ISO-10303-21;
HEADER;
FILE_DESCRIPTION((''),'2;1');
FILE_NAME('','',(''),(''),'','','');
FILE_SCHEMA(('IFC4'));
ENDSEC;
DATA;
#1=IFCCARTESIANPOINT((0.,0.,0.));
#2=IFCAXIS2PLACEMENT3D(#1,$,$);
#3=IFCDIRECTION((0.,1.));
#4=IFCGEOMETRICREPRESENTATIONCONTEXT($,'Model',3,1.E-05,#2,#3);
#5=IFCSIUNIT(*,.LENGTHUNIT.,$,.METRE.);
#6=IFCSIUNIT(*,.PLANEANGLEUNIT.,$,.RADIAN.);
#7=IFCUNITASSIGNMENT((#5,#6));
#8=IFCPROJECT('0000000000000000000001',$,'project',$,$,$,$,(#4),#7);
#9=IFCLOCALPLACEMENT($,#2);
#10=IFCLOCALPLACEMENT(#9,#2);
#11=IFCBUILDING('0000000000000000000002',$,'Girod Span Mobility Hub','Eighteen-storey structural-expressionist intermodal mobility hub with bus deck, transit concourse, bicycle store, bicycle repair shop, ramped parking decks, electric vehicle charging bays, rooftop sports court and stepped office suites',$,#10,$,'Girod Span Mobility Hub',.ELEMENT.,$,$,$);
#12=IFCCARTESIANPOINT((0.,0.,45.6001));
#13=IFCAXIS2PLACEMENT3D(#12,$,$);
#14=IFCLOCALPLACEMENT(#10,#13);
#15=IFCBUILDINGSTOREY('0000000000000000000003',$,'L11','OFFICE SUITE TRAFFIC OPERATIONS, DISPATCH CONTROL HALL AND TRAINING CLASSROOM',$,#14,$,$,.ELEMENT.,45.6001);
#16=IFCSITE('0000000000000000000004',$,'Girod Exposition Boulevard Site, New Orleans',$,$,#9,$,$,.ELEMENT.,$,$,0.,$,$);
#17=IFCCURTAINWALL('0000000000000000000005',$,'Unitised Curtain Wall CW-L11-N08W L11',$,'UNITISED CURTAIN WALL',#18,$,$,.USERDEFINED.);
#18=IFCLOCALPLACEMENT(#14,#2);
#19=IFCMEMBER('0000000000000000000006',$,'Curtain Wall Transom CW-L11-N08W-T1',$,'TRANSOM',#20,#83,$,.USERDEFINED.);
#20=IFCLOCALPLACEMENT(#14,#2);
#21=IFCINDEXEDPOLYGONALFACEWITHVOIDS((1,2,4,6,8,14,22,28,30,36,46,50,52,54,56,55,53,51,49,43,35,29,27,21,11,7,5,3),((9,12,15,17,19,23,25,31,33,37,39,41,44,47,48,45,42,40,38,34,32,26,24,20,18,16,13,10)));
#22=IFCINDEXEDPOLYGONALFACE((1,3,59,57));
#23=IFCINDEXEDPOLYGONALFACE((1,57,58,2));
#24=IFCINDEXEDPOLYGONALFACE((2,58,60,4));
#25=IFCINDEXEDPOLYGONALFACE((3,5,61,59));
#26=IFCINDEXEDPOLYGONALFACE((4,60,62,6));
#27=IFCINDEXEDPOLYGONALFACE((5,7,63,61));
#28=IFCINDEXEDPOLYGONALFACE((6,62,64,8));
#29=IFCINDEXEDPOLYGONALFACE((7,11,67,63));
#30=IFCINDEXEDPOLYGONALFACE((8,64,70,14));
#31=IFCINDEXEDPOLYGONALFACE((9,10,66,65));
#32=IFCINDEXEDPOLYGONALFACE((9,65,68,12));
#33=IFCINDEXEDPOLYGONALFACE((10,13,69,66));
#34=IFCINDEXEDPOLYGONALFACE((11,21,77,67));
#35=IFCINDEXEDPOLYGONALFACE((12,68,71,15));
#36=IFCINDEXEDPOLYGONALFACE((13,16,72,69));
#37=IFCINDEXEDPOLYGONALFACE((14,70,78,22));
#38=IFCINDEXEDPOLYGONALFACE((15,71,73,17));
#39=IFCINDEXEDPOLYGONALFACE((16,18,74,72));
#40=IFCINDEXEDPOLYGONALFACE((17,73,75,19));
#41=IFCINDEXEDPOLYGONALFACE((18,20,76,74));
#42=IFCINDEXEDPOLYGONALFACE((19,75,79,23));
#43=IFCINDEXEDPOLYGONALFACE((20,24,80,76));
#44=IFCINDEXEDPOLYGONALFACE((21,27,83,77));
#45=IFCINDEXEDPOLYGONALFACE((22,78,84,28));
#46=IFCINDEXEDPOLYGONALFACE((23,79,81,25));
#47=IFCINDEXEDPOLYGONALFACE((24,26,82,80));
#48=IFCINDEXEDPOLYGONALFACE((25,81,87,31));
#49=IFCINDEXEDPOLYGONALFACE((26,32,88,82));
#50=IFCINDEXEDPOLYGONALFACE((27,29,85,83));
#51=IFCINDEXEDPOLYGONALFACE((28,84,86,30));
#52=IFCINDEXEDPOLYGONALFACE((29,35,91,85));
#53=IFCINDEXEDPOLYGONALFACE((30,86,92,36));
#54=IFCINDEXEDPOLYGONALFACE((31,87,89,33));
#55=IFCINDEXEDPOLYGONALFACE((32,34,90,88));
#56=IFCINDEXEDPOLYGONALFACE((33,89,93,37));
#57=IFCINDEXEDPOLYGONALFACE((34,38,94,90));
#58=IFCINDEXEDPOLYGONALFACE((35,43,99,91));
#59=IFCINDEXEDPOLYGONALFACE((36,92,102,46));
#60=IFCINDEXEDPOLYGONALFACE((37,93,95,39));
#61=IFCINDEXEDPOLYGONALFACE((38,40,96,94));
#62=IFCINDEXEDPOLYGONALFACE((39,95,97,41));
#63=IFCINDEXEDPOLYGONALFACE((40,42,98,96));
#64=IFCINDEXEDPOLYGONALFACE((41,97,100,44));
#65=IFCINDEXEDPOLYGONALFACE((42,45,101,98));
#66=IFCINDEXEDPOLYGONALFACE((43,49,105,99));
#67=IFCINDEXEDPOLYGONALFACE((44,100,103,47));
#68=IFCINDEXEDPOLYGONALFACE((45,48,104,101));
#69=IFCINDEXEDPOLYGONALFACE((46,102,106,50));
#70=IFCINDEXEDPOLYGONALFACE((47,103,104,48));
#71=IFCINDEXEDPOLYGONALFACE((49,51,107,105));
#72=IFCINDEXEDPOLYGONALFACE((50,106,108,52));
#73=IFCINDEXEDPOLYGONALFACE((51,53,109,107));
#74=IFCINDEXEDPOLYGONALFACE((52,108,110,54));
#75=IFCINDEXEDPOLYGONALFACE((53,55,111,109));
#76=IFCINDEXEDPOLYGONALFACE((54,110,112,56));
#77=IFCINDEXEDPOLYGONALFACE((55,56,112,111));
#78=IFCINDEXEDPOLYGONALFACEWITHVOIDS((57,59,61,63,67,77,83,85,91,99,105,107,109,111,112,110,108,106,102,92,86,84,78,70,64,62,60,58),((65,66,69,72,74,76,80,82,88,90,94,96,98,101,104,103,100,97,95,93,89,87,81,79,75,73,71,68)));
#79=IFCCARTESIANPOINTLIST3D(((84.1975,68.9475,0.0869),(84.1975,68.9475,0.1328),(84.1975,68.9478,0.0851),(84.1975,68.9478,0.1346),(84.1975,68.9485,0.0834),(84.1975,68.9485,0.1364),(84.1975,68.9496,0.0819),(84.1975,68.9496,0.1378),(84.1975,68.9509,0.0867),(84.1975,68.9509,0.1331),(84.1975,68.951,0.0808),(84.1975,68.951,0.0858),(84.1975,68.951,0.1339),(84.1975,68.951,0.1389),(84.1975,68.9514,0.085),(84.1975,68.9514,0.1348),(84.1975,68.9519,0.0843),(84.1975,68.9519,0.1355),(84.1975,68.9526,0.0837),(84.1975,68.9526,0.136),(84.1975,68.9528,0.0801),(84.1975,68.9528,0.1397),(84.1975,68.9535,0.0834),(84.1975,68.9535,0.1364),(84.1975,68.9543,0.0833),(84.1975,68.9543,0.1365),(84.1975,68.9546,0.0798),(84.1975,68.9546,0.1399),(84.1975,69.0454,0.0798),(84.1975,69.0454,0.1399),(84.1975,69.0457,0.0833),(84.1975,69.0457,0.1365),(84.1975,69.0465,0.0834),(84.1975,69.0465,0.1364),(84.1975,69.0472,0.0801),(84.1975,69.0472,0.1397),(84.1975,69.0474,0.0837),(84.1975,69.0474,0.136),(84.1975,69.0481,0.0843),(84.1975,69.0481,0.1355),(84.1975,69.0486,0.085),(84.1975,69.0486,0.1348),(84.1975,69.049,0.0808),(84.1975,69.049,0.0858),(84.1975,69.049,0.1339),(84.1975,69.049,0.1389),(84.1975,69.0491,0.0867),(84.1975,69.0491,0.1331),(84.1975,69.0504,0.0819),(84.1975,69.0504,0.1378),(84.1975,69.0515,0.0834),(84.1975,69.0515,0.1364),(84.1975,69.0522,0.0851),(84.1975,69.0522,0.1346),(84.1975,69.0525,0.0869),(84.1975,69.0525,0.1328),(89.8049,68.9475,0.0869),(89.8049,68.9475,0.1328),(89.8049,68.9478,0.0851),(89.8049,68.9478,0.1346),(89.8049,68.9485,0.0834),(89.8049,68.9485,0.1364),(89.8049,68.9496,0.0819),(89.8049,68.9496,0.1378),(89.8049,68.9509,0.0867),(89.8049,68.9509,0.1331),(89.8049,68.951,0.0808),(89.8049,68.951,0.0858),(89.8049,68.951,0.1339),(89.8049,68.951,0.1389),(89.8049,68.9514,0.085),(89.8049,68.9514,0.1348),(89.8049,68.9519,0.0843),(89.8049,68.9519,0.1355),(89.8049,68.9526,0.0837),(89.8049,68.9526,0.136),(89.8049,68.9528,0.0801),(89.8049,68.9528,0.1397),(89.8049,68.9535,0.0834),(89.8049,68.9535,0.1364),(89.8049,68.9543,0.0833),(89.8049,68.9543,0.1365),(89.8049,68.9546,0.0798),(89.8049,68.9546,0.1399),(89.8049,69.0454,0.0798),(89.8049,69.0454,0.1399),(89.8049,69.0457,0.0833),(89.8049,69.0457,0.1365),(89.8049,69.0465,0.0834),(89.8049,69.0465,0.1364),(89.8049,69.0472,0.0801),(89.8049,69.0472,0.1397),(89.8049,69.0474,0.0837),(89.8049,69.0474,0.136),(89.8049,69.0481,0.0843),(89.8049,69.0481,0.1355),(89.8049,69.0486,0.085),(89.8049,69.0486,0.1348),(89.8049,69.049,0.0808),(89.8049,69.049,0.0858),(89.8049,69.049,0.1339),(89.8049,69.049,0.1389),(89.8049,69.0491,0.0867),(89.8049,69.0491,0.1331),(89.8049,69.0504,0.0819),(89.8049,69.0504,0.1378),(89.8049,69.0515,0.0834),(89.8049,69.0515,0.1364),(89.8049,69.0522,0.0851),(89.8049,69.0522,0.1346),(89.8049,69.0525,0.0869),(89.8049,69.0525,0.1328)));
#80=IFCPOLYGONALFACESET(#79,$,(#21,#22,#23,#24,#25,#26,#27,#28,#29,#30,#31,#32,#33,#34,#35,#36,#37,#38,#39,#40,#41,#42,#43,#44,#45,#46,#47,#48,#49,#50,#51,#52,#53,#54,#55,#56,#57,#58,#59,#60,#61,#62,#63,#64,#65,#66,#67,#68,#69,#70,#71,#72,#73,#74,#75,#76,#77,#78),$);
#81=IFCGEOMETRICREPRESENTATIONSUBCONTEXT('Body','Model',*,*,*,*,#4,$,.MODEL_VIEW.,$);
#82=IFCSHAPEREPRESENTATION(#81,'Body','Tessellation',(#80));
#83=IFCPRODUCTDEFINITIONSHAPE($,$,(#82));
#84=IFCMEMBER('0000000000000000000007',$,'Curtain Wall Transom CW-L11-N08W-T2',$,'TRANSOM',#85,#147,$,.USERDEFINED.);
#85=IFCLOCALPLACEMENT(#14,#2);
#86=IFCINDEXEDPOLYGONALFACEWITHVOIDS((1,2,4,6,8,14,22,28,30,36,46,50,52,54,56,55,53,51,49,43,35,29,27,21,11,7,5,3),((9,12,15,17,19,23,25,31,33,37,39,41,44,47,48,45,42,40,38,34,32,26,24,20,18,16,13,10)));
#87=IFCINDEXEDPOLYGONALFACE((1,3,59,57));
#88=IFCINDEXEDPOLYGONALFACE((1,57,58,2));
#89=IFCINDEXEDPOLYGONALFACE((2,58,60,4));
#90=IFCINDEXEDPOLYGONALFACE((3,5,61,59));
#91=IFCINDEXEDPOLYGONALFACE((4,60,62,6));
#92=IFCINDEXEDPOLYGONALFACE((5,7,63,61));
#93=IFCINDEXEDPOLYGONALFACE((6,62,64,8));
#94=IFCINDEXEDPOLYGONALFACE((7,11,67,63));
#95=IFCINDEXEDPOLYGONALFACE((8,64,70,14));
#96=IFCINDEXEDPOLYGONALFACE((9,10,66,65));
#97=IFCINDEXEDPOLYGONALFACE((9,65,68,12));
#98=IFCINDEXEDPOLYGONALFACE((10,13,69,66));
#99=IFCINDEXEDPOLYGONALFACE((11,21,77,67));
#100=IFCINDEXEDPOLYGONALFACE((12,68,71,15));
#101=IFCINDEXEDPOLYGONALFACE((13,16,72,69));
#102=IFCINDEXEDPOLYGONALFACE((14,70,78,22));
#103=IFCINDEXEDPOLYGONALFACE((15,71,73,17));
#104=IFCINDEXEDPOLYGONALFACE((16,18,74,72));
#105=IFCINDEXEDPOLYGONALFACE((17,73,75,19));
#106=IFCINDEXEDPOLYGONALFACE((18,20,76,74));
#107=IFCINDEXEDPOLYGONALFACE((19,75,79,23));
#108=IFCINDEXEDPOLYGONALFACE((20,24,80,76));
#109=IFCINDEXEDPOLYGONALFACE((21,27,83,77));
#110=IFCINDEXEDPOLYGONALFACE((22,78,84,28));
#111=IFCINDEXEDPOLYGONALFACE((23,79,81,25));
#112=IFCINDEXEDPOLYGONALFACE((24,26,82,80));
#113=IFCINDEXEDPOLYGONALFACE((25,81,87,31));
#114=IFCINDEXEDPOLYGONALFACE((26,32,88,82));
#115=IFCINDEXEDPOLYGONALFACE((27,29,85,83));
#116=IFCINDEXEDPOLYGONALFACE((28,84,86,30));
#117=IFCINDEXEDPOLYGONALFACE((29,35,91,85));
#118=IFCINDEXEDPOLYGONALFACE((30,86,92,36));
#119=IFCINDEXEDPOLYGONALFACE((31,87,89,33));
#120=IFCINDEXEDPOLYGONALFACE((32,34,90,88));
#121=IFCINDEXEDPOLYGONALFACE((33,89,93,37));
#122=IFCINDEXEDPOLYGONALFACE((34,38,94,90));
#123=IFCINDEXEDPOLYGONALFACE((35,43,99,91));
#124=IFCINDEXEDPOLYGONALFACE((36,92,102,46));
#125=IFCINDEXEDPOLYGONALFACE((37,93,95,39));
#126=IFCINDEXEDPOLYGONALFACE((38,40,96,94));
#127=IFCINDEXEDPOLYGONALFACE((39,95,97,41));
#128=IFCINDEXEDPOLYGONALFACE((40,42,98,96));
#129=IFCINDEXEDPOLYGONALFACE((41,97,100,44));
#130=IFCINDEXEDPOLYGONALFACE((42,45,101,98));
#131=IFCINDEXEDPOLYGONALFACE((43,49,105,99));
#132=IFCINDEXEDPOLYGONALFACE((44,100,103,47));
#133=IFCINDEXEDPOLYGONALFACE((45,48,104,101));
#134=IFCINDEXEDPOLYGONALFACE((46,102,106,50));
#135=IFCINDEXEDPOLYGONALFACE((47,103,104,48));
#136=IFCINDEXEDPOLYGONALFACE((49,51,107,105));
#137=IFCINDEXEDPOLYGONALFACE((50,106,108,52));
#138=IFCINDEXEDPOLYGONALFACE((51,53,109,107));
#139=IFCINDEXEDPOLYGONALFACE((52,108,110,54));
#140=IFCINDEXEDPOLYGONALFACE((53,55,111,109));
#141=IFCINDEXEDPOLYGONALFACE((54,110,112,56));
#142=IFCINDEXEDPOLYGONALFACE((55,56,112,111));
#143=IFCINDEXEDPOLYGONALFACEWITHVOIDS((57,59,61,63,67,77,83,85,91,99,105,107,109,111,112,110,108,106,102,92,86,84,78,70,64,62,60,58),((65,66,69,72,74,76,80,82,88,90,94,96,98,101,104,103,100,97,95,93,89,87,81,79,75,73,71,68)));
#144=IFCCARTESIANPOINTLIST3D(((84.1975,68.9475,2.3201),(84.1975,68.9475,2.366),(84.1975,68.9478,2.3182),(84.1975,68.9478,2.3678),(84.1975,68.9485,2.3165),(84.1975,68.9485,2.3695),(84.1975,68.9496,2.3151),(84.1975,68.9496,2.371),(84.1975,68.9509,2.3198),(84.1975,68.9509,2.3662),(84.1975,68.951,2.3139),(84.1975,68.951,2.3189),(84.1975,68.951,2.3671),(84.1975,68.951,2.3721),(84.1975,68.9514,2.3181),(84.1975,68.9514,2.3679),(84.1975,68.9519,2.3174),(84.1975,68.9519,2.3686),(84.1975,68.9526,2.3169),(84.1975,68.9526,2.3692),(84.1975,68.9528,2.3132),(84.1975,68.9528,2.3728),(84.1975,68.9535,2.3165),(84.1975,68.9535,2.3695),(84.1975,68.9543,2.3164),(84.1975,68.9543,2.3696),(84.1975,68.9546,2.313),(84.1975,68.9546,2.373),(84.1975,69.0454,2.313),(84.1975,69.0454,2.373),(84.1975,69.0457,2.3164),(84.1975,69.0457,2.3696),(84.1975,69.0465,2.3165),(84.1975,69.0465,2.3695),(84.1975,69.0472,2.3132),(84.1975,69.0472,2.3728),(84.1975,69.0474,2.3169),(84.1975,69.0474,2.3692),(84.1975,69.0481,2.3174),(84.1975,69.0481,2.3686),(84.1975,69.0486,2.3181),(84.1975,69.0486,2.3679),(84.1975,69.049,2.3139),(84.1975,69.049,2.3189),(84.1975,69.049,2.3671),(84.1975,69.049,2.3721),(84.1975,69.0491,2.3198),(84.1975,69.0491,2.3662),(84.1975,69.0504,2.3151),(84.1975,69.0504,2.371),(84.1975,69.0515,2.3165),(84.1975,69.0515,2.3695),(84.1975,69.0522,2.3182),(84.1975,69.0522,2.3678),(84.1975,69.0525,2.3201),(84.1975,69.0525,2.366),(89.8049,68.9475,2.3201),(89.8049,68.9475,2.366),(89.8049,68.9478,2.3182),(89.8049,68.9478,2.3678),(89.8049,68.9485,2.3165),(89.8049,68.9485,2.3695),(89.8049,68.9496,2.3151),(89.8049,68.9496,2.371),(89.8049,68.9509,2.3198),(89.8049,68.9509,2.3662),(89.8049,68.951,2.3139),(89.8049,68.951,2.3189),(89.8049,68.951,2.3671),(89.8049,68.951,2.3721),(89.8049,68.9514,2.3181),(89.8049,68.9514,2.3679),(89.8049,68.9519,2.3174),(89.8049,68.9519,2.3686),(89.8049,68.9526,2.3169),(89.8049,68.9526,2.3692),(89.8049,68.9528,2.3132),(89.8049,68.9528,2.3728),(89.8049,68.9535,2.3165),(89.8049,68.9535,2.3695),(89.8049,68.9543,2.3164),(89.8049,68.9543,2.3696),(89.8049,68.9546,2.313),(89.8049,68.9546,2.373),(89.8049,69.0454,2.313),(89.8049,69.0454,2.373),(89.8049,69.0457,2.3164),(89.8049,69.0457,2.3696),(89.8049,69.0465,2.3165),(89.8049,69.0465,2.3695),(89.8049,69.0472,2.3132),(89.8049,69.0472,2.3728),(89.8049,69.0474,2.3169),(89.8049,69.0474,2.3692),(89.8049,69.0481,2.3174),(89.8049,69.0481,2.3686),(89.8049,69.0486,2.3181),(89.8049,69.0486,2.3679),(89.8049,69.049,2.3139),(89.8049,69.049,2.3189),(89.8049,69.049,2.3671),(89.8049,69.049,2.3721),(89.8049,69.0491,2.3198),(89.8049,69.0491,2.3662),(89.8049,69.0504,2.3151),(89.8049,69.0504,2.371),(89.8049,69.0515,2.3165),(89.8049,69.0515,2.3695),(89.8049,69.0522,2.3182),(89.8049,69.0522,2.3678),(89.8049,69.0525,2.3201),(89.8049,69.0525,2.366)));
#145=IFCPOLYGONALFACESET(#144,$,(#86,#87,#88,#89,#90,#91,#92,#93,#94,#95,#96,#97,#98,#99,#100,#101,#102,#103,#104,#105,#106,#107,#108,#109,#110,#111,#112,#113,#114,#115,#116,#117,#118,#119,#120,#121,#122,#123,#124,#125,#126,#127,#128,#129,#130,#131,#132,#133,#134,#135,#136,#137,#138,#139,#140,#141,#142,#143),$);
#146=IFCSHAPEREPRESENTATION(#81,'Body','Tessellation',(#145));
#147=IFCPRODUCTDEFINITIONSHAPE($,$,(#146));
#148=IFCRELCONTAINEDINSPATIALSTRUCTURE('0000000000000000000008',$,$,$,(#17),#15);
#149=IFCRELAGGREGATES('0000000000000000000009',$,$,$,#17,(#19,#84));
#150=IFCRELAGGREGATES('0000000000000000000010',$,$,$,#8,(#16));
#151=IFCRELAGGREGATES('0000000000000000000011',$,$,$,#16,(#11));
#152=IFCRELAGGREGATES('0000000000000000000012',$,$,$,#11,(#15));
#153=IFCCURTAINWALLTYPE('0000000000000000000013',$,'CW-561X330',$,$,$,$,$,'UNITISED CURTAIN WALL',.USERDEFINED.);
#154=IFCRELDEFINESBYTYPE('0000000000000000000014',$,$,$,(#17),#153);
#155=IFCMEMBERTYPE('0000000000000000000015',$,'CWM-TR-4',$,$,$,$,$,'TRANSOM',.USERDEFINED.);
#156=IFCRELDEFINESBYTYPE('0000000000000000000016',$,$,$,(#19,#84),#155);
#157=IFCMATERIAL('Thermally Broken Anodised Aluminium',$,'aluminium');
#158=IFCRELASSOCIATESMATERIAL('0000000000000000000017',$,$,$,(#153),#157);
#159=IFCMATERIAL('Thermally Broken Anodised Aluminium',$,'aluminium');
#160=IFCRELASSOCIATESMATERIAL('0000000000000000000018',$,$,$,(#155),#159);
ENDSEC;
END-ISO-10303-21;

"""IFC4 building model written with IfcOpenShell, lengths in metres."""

from ifc_helpers import new_model, si_unit, direction, frame, origin, origin_2d, place, context, subcontext, project, spatial, hollow_rectangle, extrude, material, material_profile, profile_set, type_object, element, aggregate, save


model = new_model("IFC4")

# Units and contexts
model_context = context("Model", 3, precision=1e-05, world=origin(), true_north=direction((0.0, 1.0)))
body_context = subcontext(model_context, "Body", "Model", "MODEL_VIEW")
ifc_project = project(units=[si_unit("LENGTHUNIT", "METRE"), si_unit("PLANEANGLEUNIT", "RADIAN")], contexts=[model_context])

# Site, building, storey
site_placement = place(None, origin())
site = spatial("IfcSite", under=ifc_project, at=site_placement, Name="Girod Exposition Boulevard Site, New Orleans", CompositionType="ELEMENT", RefElevation=0.0)
building_placement = place(site_placement, origin())
building = spatial("IfcBuilding", under=site, at=building_placement, Name="Girod Span Mobility Hub", Description="Eighteen-storey structural-expressionist intermodal mobility hub with bus deck, transit concourse, bicycle store, bicycle repair shop, ramped parking decks, electric vehicle charging bays, rooftop sports court and stepped office suites", LongName="Girod Span Mobility Hub", CompositionType="ELEMENT")
storey_placement = place(building_placement, frame((0.0, 0.0, 45.6001)))
storey = spatial("IfcBuildingStorey", under=building, at=storey_placement, Name="L11", Description="OFFICE SUITE TRAFFIC OPERATIONS, DISPATCH CONTROL HALL AND TRAINING CLASSROOM", CompositionType="ELEMENT", Elevation=45.6001)

# Curtain wall
ifc_material_1 = material(Name="Thermally Broken Anodised Aluminium", Category="aluminium")
curtain_wall_type = type_object("IfcCurtainWallType", Name="CW-561X330", ElementType="UNITISED CURTAIN WALL", PredefinedType="USERDEFINED", material=ifc_material_1)
curtain_wall_1_placement = place(storey_placement, origin())
curtain_wall_1 = element("IfcCurtainWall", 1, at=curtain_wall_1_placement, inside=storey, type_object=curtain_wall_type, Name="Unitised Curtain Wall CW-L11-N08W L11", ObjectType="UNITISED CURTAIN WALL", PredefinedType="USERDEFINED")

# Members
ifc_material_2 = material(Name="Thermally Broken Anodised Aluminium", Category="aluminium")
ifc_material_profile_1 = material_profile(ifc_material_2, hollow_rectangle(XDim=0.105, YDim=0.0601, WallThickness=0.0034, InnerFilletRadius=0.0034, OuterFilletRadius=0.0071, at=origin_2d()), Name="CW-TR-60X105")
ifc_profile_set_1 = profile_set([ifc_material_profile_1], Name="Thermally Broken Anodised Aluminium")
member_type_1 = type_object("IfcMemberType", Name="CWM-TR-4", ElementType="TRANSOM", PredefinedType="USERDEFINED", material=ifc_profile_set_1)
member_1_placement = place(storey_placement, frame((84.1975, 69.0, 0.1099), z_axis=(1.0, 0.0, 0.0), x_axis=(0.0, 1.0, 0.0)))
member_1 = element("IfcMember", 2, at=member_1_placement, type_object=member_type_1, Name="Curtain Wall Transom CW-L11-N08W-T1", ObjectType="TRANSOM", PredefinedType="USERDEFINED", context=body_context, shape_type="SweptSolid", body=[
    extrude(hollow_rectangle(XDim=0.105, YDim=0.0601, WallThickness=0.0034, InnerFilletRadius=0.0034, OuterFilletRadius=0.0071, at=origin_2d()), origin(), (0.0, 0.0, 1.0), 5.6074),
])
member_2_placement = place(storey_placement, frame((84.1975, 69.0, 2.343), z_axis=(1.0, 0.0, 0.0), x_axis=(0.0, 1.0, 0.0)))
member_2 = element("IfcMember", 3, at=member_2_placement, type_object=member_type_1, Name="Curtain Wall Transom CW-L11-N08W-T2", ObjectType="TRANSOM", PredefinedType="USERDEFINED", context=body_context, shape_type="SweptSolid", body=[
    extrude(hollow_rectangle(XDim=0.105, YDim=0.0601, WallThickness=0.0034, InnerFilletRadius=0.0034, OuterFilletRadius=0.0071, at=origin_2d()), origin(), (0.0, 0.0, 1.0), 5.6074),
])

aggregate(curtain_wall_1, [member_1, member_2])

save(model, "model.ifc")
